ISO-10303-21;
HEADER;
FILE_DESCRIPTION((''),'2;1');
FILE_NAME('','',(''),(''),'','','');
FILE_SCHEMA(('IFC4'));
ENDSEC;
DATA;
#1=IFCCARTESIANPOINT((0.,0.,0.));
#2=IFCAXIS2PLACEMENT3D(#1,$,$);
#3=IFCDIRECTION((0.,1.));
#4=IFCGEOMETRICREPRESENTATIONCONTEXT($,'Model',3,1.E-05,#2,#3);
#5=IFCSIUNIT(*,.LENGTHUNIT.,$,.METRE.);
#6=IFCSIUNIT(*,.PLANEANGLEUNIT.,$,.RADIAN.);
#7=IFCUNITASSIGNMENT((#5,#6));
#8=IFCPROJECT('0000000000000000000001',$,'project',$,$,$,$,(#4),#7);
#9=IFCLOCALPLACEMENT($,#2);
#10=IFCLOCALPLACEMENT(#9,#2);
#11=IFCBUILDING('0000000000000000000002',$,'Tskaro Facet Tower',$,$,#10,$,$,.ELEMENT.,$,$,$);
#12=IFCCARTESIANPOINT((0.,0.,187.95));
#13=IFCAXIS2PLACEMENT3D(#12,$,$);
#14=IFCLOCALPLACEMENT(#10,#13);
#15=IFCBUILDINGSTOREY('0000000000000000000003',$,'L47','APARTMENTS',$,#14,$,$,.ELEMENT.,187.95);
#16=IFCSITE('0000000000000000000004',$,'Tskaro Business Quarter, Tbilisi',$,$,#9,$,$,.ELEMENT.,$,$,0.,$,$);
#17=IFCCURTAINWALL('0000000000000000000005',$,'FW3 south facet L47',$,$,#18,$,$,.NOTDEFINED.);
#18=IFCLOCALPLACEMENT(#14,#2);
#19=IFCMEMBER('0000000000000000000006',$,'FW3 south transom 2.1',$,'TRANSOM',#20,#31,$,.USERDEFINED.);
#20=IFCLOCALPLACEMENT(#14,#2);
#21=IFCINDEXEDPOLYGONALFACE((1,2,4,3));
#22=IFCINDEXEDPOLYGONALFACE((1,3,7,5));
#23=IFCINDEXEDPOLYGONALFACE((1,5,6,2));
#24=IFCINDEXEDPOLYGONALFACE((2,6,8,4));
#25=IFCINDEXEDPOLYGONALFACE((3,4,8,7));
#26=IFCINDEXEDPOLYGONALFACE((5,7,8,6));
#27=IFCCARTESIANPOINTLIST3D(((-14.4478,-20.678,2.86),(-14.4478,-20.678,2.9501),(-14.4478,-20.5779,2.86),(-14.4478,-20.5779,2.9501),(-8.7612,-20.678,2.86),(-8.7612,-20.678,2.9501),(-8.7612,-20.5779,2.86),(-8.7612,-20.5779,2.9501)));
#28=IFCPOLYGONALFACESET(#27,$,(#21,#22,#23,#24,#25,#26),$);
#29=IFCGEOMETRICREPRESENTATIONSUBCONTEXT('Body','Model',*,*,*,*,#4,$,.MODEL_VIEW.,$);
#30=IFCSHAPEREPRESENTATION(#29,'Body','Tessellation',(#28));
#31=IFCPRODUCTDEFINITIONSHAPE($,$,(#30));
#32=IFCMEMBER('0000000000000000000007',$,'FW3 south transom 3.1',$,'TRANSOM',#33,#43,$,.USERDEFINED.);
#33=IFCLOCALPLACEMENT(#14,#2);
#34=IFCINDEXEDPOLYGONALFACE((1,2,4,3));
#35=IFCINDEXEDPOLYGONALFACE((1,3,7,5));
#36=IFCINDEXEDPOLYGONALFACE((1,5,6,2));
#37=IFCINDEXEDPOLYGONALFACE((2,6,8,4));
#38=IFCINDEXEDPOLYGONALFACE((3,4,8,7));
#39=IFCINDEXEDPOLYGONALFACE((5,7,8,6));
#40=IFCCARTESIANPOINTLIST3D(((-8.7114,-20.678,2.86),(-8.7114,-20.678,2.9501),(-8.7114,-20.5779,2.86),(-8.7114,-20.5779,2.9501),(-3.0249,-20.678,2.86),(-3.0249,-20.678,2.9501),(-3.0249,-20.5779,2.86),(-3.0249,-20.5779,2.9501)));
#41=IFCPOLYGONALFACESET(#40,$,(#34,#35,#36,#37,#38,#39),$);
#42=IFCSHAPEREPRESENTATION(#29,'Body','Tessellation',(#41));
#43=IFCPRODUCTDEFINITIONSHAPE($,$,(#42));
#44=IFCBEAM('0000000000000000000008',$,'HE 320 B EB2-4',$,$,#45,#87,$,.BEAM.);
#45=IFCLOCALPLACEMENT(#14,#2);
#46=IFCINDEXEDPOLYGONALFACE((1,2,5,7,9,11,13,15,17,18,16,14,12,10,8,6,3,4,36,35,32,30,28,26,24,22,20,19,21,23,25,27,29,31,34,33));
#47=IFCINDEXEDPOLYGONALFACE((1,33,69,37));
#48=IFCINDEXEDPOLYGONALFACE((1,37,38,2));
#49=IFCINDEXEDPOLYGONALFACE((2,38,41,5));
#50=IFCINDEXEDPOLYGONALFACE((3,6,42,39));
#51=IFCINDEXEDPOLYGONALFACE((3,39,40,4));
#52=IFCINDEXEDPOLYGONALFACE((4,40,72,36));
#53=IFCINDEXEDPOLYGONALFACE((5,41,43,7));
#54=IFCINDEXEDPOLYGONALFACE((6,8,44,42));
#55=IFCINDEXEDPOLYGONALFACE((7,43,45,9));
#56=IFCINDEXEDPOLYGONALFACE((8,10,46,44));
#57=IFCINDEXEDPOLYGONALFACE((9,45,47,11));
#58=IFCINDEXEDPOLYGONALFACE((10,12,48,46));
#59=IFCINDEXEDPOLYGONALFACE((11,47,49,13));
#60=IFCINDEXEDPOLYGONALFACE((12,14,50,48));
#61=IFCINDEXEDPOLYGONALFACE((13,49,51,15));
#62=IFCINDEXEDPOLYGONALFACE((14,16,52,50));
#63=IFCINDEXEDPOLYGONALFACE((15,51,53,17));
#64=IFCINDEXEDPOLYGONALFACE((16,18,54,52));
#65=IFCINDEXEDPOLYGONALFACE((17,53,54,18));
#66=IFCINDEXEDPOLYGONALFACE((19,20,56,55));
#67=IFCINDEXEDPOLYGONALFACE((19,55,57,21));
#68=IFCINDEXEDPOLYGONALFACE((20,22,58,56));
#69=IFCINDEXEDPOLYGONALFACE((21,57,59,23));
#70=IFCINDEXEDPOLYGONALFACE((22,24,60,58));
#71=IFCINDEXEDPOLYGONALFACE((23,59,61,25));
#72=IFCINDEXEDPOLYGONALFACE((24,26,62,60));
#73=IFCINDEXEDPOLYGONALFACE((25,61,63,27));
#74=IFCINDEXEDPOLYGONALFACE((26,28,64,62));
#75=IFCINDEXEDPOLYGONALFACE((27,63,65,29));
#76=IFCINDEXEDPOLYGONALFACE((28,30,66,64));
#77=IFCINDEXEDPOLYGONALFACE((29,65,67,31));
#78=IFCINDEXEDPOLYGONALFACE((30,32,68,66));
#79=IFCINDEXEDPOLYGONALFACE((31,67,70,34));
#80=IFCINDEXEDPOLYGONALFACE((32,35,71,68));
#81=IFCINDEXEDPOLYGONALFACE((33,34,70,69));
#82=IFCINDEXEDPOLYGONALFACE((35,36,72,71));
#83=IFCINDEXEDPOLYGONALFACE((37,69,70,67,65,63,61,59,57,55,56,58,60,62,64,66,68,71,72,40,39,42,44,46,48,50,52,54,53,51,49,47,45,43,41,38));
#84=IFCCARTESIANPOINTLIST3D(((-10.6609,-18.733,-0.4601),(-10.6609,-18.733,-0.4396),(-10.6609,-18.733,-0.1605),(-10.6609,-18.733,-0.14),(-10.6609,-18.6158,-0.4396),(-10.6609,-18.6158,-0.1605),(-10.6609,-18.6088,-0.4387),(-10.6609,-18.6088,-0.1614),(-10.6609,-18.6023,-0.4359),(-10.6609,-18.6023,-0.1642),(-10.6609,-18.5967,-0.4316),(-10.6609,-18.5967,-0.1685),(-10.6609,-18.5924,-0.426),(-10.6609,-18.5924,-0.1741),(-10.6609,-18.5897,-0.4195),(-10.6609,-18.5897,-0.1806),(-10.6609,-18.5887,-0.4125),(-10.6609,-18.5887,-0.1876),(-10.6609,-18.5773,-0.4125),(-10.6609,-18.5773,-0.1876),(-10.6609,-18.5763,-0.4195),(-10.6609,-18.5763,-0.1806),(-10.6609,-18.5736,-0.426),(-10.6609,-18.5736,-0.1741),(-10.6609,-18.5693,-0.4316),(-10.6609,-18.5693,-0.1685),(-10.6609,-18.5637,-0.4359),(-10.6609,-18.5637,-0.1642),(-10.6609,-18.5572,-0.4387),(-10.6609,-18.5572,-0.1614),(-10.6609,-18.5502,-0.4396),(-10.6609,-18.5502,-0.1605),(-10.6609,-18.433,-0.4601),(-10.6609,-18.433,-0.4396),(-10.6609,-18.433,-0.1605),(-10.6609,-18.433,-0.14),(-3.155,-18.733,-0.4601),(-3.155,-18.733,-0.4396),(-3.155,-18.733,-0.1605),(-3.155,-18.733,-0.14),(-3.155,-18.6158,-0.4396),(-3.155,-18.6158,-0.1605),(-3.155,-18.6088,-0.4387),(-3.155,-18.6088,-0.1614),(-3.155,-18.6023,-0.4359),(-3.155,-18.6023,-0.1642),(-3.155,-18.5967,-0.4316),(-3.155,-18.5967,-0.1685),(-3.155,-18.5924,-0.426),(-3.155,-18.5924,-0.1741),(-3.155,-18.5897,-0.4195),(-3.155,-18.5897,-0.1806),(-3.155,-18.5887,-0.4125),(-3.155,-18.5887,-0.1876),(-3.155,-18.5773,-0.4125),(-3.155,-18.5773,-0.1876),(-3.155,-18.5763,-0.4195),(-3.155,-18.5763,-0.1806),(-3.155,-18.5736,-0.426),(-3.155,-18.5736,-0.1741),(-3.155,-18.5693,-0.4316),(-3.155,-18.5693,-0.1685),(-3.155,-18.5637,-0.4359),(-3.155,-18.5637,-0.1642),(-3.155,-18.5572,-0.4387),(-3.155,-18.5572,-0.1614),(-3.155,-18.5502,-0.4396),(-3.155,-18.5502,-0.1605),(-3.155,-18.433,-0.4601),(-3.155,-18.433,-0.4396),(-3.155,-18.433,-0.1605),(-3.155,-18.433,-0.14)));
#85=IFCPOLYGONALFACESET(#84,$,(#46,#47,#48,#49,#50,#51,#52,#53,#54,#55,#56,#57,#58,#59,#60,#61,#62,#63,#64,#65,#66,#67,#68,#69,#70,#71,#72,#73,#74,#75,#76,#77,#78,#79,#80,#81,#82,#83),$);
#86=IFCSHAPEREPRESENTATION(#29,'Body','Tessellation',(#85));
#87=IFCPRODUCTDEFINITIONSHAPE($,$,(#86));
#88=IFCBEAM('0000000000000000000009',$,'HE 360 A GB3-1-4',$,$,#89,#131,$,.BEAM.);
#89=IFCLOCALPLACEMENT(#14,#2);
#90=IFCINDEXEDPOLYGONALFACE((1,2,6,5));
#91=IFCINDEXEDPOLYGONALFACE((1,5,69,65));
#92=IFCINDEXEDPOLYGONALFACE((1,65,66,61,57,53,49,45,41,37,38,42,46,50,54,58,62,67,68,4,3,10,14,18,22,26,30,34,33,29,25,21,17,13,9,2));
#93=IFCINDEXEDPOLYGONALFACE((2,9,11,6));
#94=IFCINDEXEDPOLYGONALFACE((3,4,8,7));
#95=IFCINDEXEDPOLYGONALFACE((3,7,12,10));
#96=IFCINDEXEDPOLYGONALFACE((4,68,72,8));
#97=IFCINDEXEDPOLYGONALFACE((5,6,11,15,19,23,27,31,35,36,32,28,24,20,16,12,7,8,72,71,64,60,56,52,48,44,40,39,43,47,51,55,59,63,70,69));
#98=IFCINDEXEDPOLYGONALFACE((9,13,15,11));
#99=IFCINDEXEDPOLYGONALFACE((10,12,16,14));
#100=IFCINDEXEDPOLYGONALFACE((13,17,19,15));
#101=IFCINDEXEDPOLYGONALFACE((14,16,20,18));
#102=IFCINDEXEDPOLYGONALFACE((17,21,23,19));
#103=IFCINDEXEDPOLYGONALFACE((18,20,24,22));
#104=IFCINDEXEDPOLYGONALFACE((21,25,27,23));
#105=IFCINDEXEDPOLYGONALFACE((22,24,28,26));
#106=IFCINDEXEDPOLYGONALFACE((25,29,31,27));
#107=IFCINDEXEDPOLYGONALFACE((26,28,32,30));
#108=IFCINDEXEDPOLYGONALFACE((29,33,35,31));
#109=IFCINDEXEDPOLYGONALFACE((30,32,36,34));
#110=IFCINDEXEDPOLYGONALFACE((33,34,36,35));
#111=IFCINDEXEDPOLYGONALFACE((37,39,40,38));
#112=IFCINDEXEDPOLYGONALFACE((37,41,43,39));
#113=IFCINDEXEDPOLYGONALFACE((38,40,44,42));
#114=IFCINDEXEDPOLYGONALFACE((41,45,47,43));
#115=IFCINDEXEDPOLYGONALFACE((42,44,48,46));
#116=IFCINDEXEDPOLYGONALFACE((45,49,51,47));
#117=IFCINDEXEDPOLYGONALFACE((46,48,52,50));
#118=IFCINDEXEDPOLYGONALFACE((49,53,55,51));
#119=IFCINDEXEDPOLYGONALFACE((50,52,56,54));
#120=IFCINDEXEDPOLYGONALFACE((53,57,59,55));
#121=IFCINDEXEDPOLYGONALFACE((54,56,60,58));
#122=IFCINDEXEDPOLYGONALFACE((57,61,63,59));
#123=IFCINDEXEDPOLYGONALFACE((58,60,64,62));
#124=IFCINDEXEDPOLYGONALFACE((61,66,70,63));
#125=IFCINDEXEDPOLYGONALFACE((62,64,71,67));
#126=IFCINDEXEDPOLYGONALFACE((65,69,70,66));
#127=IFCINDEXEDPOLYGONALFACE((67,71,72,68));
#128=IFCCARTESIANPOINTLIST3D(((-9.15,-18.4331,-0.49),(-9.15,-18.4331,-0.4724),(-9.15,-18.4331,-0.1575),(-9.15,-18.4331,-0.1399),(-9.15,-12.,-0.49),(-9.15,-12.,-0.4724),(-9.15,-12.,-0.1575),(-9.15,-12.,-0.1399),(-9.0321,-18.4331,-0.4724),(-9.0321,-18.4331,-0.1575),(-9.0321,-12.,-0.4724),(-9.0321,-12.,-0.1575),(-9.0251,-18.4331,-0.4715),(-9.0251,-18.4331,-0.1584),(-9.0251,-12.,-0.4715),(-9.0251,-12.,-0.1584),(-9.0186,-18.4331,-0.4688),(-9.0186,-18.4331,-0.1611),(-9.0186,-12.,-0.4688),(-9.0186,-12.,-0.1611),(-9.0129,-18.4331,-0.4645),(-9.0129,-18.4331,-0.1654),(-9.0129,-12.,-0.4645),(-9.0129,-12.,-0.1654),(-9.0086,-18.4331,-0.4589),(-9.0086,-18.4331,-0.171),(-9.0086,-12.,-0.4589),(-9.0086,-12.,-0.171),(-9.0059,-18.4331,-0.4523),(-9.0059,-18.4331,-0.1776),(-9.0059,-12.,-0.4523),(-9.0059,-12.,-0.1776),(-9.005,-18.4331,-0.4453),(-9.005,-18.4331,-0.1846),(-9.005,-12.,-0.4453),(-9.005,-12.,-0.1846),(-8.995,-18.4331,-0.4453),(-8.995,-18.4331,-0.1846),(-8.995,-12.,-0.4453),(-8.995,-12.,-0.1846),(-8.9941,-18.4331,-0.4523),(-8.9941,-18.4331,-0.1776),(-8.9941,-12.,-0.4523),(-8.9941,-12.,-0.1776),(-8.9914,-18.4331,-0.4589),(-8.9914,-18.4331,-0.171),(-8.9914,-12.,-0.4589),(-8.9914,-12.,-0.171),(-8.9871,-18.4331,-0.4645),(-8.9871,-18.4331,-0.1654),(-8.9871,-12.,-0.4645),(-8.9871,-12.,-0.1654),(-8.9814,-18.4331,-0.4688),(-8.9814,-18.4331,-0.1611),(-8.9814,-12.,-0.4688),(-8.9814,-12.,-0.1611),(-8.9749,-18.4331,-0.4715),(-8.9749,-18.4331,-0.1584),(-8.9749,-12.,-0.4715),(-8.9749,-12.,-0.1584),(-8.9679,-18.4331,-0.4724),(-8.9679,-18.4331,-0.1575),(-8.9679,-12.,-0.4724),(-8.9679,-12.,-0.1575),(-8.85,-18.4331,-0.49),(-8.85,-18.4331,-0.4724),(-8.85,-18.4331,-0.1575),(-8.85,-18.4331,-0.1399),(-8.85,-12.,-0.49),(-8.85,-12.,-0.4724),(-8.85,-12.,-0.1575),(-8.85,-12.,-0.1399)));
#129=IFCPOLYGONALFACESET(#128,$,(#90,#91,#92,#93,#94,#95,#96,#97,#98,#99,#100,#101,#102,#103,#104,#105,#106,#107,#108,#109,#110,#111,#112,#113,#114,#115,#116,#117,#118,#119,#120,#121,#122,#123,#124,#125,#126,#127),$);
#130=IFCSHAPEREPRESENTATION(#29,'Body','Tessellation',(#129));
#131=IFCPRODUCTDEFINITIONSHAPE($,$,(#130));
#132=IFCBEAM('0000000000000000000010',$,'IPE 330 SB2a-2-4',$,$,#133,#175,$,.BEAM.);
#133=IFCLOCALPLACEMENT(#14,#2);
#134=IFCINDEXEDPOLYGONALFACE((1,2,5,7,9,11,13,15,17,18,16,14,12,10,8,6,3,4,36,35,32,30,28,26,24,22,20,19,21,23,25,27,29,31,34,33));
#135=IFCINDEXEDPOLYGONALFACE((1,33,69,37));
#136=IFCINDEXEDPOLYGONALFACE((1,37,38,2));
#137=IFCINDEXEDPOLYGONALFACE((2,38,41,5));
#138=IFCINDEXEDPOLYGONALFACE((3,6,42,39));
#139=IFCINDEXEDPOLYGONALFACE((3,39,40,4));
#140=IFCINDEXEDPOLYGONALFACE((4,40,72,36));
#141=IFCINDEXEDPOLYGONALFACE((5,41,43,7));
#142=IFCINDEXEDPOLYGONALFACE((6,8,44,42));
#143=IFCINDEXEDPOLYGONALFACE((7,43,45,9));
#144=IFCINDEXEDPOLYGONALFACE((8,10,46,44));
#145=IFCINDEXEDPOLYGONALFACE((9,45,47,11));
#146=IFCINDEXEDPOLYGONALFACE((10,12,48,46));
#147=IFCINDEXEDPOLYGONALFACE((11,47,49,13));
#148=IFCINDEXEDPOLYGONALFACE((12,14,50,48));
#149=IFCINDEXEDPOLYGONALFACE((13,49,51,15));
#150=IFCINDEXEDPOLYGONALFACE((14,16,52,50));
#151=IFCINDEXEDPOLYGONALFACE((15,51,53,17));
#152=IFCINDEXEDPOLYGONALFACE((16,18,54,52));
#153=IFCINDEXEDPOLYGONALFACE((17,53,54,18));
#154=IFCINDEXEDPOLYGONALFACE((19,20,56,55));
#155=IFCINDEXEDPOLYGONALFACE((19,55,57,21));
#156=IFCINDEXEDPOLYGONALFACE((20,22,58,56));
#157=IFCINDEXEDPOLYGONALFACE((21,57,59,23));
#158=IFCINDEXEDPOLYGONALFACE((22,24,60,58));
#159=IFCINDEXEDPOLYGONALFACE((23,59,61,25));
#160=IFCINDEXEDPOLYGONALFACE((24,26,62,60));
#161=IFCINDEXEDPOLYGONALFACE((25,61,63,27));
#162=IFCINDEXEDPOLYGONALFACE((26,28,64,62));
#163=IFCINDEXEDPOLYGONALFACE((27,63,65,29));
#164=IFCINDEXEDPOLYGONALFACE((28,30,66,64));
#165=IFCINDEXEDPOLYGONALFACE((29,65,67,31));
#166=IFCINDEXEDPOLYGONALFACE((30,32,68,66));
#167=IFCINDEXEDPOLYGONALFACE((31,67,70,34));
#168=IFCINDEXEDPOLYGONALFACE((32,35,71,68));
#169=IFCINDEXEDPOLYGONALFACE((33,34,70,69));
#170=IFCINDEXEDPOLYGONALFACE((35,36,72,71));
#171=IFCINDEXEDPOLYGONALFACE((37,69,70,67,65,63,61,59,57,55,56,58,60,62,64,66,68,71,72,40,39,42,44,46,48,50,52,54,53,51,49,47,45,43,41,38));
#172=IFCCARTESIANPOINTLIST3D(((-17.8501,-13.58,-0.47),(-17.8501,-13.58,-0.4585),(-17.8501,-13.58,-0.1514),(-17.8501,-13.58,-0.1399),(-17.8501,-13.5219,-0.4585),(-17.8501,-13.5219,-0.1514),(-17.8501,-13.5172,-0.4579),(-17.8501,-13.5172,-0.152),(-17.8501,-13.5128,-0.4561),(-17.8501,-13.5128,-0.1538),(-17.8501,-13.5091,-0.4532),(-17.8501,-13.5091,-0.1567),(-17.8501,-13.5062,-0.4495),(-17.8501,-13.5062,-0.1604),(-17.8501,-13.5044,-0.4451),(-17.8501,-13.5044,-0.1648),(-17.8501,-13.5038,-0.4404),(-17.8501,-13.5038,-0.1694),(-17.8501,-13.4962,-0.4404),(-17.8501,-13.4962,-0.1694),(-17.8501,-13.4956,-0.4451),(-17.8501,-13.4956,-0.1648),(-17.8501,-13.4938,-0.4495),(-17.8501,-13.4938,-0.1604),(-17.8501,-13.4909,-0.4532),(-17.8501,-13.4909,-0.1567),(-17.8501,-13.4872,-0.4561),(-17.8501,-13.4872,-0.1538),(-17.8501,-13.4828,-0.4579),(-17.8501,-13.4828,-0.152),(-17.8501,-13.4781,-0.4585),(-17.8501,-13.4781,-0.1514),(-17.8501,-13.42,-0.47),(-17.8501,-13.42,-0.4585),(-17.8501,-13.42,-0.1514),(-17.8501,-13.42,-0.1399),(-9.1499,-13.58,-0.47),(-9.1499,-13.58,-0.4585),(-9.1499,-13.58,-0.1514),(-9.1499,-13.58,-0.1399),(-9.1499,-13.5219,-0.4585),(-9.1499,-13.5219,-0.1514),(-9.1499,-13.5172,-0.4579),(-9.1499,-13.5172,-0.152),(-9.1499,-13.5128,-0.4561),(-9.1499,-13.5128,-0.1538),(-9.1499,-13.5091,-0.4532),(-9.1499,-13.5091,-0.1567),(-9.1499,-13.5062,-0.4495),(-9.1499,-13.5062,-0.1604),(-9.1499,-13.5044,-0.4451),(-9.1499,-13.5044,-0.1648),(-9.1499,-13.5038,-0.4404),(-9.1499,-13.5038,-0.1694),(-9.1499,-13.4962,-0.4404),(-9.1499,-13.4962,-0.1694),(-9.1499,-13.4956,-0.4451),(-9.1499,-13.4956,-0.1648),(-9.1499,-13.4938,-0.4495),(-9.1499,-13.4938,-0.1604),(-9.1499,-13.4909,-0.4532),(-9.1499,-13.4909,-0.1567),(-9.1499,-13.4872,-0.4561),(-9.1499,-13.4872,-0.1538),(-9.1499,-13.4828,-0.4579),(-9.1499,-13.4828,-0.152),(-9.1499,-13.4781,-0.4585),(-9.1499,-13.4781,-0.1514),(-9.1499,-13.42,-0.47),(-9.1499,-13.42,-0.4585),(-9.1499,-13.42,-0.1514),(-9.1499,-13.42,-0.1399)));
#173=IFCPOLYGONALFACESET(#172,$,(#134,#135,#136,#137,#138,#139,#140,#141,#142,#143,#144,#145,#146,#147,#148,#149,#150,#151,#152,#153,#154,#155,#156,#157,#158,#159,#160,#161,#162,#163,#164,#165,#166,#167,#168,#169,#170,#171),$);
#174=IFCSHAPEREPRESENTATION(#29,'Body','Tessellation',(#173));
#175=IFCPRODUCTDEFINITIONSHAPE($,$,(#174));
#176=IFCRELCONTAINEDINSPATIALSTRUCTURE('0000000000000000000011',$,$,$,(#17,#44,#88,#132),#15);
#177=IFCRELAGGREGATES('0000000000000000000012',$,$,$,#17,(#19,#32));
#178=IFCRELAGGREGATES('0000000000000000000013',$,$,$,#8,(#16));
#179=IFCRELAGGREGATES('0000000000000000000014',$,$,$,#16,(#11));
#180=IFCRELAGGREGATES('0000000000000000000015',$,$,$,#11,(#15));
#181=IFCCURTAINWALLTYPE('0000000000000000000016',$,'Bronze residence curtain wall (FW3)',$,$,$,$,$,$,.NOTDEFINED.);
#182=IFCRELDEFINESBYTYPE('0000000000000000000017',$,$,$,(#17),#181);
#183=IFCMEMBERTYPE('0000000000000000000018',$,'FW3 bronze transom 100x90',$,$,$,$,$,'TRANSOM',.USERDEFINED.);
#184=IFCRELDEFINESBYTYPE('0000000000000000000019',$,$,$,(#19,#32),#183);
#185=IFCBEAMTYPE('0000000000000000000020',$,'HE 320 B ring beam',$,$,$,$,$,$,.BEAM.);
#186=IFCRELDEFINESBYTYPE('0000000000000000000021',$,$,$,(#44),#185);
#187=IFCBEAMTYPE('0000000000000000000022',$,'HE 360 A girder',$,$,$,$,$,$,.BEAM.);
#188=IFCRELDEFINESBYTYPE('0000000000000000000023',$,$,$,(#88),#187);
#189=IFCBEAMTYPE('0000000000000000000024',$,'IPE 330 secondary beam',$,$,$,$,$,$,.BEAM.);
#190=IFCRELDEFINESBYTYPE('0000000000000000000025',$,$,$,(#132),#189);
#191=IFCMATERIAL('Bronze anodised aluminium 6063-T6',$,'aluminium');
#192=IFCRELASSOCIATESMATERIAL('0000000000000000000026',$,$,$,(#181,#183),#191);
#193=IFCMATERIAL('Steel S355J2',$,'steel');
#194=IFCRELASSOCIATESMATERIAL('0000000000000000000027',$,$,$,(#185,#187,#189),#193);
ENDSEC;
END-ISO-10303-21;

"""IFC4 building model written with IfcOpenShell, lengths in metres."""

from ifc_helpers import new_model, si_unit, direction, frame, origin, origin_2d, place, context, subcontext, project, spatial, rectangle, i_section, extrude, material, material_profile, profile_set, type_object, element, aggregate, save


model = new_model("IFC4")

# Units and contexts
model_context = context("Model", 3, precision=1e-05, world=origin(), true_north=direction((0.0, 1.0)))
body_context = subcontext(model_context, "Body", "Model", "MODEL_VIEW")
ifc_project = project(units=[si_unit("LENGTHUNIT", "METRE"), si_unit("PLANEANGLEUNIT", "RADIAN")], contexts=[model_context])

# Site, building, storey
site_placement = place(None, origin())
site = spatial("IfcSite", under=ifc_project, at=site_placement, Name="Tskaro Business Quarter, Tbilisi", CompositionType="ELEMENT", RefElevation=0.0)
building_placement = place(site_placement, origin())
building = spatial("IfcBuilding", under=site, at=building_placement, Name="Tskaro Facet Tower", CompositionType="ELEMENT")
storey_placement = place(building_placement, frame((0.0, 0.0, 187.95)))
storey = spatial("IfcBuildingStorey", under=building, at=storey_placement, Name="L47", Description="APARTMENTS", CompositionType="ELEMENT", Elevation=187.95)

# Curtain wall, members
ifc_material_1 = material(Name="Bronze anodised aluminium 6063-T6", Category="aluminium")
curtain_wall_type = type_object("IfcCurtainWallType", Name="Bronze residence curtain wall (FW3)", PredefinedType="NOTDEFINED", material=ifc_material_1)
curtain_wall_placement = place(storey_placement, origin())
curtain_wall = element("IfcCurtainWall", 1, at=curtain_wall_placement, inside=storey, type_object=curtain_wall_type, Name="FW3 south facet L47", PredefinedType="NOTDEFINED")
ifc_material_profile_1 = material_profile(ifc_material_1, rectangle(XDim=0.1001, YDim=0.0901, at=origin_2d()), Name="Transom 100x90")
ifc_profile_set_1 = profile_set([ifc_material_profile_1], Name="Bronze anodised aluminium 6063-T6")
member_type_1 = type_object("IfcMemberType", Name="FW3 bronze transom 100x90", ElementType="TRANSOM", PredefinedType="USERDEFINED", material=ifc_profile_set_1)
member_1_placement = place(storey_placement, frame((-14.4478, -20.6279, 2.905), z_axis=(1.0, 0.0, 0.0), x_axis=(0.0, 1.0, 0.0)))
member_1 = element("IfcMember", 2, at=member_1_placement, type_object=member_type_1, Name="FW3 south transom 2.1", ObjectType="TRANSOM", PredefinedType="USERDEFINED", context=body_context, shape_type="SweptSolid", body=[
    extrude(rectangle(XDim=0.1001, YDim=0.0901, at=origin_2d()), origin(), (0.0, 0.0, 1.0), 5.6865),
])
member_2_placement = place(storey_placement, frame((-8.7114, -20.6279, 2.905), z_axis=(1.0, 0.0, 0.0), x_axis=(0.0, 1.0, 0.0)))
member_2 = element("IfcMember", 3, at=member_2_placement, type_object=member_type_1, Name="FW3 south transom 3.1", ObjectType="TRANSOM", PredefinedType="USERDEFINED", context=body_context, shape_type="SweptSolid", body=[
    extrude(rectangle(XDim=0.1001, YDim=0.0901, at=origin_2d()), origin(), (0.0, 0.0, 1.0), 5.6865),
])

# Beams
ifc_material_2 = material(Name="Steel S355J2", Category="steel")
ifc_material_profile_2 = material_profile(ifc_material_2, i_section(OverallWidth=0.3, OverallDepth=0.3201, WebThickness=0.0115, FlangeThickness=0.0205, FilletRadius=0.0271, at=origin_2d()), Name="HE 320 B")
ifc_profile_set_2 = profile_set([ifc_material_profile_2], Name="Steel S355J2")
beam_type_1 = type_object("IfcBeamType", Name="HE 320 B ring beam", PredefinedType="BEAM", material=ifc_profile_set_2)
beam_1_placement = place(storey_placement, frame((-10.6609, -18.583, -0.3), z_axis=(1.0, 0.0, 0.0), x_axis=(0.0, 1.0, 0.0)))
element("IfcBeam", 4, at=beam_1_placement, inside=storey, type_object=beam_type_1, Name="HE 320 B EB2-4", PredefinedType="BEAM", context=body_context, shape_type="SweptSolid", body=[
    extrude(i_section(OverallWidth=0.3, OverallDepth=0.3201, WebThickness=0.0115, FlangeThickness=0.0205, FilletRadius=0.0271, at=origin_2d()), origin(), (0.0, 0.0, 1.0), 7.5059),
])
ifc_material_profile_3 = material_profile(ifc_material_2, i_section(OverallWidth=0.3, OverallDepth=0.3501, WebThickness=0.01, FlangeThickness=0.0176, FilletRadius=0.0271, at=origin_2d()), Name="HE 360 A")
ifc_profile_set_3 = profile_set([ifc_material_profile_3], Name="Steel S355J2")
beam_type_2 = type_object("IfcBeamType", Name="HE 360 A girder", PredefinedType="BEAM", material=ifc_profile_set_3)
beam_2_placement = place(storey_placement, frame((-9.0, -18.4331, -0.3149), z_axis=(0.0, 1.0, 0.0), x_axis=(-1.0, 0.0, 0.0)))
element("IfcBeam", 5, at=beam_2_placement, inside=storey, type_object=beam_type_2, Name="HE 360 A GB3-1-4", PredefinedType="BEAM", context=body_context, shape_type="SweptSolid", body=[
    extrude(i_section(OverallWidth=0.3, OverallDepth=0.3501, WebThickness=0.01, FlangeThickness=0.0176, FilletRadius=0.0271, at=origin_2d()), origin(), (0.0, 0.0, 1.0), 6.4331),
])
ifc_material_profile_4 = material_profile(ifc_material_2, i_section(OverallWidth=0.1599, OverallDepth=0.3301, WebThickness=0.0076, FlangeThickness=0.0115, FilletRadius=0.0181, at=origin_2d()), Name="IPE 330")
ifc_profile_set_4 = profile_set([ifc_material_profile_4], Name="Steel S355J2")
beam_type_3 = type_object("IfcBeamType", Name="IPE 330 secondary beam", PredefinedType="BEAM", material=ifc_profile_set_4)
for number, where, z_axis, x_axis, name in (
    (6, (-17.8501, -13.5, -0.3049), (1.0, 0.0, 0.0), (0.0, 1.0, 0.0), "IPE 330 SB2a-2-4"),
):
    element("IfcBeam", number, at=place(storey_placement, frame(where, z_axis=z_axis, x_axis=x_axis)), inside=storey, type_object=beam_type_3, Name=name, PredefinedType="BEAM", context=body_context, shape_type="SweptSolid", body=[
        extrude(i_section(OverallWidth=0.1599, OverallDepth=0.3301, WebThickness=0.0076, FlangeThickness=0.0115, FilletRadius=0.0181, at=origin_2d()), origin(), (0.0, 0.0, 1.0), 8.7002),
    ])

aggregate(curtain_wall, [member_1, member_2])

save(model, "model.ifc")
